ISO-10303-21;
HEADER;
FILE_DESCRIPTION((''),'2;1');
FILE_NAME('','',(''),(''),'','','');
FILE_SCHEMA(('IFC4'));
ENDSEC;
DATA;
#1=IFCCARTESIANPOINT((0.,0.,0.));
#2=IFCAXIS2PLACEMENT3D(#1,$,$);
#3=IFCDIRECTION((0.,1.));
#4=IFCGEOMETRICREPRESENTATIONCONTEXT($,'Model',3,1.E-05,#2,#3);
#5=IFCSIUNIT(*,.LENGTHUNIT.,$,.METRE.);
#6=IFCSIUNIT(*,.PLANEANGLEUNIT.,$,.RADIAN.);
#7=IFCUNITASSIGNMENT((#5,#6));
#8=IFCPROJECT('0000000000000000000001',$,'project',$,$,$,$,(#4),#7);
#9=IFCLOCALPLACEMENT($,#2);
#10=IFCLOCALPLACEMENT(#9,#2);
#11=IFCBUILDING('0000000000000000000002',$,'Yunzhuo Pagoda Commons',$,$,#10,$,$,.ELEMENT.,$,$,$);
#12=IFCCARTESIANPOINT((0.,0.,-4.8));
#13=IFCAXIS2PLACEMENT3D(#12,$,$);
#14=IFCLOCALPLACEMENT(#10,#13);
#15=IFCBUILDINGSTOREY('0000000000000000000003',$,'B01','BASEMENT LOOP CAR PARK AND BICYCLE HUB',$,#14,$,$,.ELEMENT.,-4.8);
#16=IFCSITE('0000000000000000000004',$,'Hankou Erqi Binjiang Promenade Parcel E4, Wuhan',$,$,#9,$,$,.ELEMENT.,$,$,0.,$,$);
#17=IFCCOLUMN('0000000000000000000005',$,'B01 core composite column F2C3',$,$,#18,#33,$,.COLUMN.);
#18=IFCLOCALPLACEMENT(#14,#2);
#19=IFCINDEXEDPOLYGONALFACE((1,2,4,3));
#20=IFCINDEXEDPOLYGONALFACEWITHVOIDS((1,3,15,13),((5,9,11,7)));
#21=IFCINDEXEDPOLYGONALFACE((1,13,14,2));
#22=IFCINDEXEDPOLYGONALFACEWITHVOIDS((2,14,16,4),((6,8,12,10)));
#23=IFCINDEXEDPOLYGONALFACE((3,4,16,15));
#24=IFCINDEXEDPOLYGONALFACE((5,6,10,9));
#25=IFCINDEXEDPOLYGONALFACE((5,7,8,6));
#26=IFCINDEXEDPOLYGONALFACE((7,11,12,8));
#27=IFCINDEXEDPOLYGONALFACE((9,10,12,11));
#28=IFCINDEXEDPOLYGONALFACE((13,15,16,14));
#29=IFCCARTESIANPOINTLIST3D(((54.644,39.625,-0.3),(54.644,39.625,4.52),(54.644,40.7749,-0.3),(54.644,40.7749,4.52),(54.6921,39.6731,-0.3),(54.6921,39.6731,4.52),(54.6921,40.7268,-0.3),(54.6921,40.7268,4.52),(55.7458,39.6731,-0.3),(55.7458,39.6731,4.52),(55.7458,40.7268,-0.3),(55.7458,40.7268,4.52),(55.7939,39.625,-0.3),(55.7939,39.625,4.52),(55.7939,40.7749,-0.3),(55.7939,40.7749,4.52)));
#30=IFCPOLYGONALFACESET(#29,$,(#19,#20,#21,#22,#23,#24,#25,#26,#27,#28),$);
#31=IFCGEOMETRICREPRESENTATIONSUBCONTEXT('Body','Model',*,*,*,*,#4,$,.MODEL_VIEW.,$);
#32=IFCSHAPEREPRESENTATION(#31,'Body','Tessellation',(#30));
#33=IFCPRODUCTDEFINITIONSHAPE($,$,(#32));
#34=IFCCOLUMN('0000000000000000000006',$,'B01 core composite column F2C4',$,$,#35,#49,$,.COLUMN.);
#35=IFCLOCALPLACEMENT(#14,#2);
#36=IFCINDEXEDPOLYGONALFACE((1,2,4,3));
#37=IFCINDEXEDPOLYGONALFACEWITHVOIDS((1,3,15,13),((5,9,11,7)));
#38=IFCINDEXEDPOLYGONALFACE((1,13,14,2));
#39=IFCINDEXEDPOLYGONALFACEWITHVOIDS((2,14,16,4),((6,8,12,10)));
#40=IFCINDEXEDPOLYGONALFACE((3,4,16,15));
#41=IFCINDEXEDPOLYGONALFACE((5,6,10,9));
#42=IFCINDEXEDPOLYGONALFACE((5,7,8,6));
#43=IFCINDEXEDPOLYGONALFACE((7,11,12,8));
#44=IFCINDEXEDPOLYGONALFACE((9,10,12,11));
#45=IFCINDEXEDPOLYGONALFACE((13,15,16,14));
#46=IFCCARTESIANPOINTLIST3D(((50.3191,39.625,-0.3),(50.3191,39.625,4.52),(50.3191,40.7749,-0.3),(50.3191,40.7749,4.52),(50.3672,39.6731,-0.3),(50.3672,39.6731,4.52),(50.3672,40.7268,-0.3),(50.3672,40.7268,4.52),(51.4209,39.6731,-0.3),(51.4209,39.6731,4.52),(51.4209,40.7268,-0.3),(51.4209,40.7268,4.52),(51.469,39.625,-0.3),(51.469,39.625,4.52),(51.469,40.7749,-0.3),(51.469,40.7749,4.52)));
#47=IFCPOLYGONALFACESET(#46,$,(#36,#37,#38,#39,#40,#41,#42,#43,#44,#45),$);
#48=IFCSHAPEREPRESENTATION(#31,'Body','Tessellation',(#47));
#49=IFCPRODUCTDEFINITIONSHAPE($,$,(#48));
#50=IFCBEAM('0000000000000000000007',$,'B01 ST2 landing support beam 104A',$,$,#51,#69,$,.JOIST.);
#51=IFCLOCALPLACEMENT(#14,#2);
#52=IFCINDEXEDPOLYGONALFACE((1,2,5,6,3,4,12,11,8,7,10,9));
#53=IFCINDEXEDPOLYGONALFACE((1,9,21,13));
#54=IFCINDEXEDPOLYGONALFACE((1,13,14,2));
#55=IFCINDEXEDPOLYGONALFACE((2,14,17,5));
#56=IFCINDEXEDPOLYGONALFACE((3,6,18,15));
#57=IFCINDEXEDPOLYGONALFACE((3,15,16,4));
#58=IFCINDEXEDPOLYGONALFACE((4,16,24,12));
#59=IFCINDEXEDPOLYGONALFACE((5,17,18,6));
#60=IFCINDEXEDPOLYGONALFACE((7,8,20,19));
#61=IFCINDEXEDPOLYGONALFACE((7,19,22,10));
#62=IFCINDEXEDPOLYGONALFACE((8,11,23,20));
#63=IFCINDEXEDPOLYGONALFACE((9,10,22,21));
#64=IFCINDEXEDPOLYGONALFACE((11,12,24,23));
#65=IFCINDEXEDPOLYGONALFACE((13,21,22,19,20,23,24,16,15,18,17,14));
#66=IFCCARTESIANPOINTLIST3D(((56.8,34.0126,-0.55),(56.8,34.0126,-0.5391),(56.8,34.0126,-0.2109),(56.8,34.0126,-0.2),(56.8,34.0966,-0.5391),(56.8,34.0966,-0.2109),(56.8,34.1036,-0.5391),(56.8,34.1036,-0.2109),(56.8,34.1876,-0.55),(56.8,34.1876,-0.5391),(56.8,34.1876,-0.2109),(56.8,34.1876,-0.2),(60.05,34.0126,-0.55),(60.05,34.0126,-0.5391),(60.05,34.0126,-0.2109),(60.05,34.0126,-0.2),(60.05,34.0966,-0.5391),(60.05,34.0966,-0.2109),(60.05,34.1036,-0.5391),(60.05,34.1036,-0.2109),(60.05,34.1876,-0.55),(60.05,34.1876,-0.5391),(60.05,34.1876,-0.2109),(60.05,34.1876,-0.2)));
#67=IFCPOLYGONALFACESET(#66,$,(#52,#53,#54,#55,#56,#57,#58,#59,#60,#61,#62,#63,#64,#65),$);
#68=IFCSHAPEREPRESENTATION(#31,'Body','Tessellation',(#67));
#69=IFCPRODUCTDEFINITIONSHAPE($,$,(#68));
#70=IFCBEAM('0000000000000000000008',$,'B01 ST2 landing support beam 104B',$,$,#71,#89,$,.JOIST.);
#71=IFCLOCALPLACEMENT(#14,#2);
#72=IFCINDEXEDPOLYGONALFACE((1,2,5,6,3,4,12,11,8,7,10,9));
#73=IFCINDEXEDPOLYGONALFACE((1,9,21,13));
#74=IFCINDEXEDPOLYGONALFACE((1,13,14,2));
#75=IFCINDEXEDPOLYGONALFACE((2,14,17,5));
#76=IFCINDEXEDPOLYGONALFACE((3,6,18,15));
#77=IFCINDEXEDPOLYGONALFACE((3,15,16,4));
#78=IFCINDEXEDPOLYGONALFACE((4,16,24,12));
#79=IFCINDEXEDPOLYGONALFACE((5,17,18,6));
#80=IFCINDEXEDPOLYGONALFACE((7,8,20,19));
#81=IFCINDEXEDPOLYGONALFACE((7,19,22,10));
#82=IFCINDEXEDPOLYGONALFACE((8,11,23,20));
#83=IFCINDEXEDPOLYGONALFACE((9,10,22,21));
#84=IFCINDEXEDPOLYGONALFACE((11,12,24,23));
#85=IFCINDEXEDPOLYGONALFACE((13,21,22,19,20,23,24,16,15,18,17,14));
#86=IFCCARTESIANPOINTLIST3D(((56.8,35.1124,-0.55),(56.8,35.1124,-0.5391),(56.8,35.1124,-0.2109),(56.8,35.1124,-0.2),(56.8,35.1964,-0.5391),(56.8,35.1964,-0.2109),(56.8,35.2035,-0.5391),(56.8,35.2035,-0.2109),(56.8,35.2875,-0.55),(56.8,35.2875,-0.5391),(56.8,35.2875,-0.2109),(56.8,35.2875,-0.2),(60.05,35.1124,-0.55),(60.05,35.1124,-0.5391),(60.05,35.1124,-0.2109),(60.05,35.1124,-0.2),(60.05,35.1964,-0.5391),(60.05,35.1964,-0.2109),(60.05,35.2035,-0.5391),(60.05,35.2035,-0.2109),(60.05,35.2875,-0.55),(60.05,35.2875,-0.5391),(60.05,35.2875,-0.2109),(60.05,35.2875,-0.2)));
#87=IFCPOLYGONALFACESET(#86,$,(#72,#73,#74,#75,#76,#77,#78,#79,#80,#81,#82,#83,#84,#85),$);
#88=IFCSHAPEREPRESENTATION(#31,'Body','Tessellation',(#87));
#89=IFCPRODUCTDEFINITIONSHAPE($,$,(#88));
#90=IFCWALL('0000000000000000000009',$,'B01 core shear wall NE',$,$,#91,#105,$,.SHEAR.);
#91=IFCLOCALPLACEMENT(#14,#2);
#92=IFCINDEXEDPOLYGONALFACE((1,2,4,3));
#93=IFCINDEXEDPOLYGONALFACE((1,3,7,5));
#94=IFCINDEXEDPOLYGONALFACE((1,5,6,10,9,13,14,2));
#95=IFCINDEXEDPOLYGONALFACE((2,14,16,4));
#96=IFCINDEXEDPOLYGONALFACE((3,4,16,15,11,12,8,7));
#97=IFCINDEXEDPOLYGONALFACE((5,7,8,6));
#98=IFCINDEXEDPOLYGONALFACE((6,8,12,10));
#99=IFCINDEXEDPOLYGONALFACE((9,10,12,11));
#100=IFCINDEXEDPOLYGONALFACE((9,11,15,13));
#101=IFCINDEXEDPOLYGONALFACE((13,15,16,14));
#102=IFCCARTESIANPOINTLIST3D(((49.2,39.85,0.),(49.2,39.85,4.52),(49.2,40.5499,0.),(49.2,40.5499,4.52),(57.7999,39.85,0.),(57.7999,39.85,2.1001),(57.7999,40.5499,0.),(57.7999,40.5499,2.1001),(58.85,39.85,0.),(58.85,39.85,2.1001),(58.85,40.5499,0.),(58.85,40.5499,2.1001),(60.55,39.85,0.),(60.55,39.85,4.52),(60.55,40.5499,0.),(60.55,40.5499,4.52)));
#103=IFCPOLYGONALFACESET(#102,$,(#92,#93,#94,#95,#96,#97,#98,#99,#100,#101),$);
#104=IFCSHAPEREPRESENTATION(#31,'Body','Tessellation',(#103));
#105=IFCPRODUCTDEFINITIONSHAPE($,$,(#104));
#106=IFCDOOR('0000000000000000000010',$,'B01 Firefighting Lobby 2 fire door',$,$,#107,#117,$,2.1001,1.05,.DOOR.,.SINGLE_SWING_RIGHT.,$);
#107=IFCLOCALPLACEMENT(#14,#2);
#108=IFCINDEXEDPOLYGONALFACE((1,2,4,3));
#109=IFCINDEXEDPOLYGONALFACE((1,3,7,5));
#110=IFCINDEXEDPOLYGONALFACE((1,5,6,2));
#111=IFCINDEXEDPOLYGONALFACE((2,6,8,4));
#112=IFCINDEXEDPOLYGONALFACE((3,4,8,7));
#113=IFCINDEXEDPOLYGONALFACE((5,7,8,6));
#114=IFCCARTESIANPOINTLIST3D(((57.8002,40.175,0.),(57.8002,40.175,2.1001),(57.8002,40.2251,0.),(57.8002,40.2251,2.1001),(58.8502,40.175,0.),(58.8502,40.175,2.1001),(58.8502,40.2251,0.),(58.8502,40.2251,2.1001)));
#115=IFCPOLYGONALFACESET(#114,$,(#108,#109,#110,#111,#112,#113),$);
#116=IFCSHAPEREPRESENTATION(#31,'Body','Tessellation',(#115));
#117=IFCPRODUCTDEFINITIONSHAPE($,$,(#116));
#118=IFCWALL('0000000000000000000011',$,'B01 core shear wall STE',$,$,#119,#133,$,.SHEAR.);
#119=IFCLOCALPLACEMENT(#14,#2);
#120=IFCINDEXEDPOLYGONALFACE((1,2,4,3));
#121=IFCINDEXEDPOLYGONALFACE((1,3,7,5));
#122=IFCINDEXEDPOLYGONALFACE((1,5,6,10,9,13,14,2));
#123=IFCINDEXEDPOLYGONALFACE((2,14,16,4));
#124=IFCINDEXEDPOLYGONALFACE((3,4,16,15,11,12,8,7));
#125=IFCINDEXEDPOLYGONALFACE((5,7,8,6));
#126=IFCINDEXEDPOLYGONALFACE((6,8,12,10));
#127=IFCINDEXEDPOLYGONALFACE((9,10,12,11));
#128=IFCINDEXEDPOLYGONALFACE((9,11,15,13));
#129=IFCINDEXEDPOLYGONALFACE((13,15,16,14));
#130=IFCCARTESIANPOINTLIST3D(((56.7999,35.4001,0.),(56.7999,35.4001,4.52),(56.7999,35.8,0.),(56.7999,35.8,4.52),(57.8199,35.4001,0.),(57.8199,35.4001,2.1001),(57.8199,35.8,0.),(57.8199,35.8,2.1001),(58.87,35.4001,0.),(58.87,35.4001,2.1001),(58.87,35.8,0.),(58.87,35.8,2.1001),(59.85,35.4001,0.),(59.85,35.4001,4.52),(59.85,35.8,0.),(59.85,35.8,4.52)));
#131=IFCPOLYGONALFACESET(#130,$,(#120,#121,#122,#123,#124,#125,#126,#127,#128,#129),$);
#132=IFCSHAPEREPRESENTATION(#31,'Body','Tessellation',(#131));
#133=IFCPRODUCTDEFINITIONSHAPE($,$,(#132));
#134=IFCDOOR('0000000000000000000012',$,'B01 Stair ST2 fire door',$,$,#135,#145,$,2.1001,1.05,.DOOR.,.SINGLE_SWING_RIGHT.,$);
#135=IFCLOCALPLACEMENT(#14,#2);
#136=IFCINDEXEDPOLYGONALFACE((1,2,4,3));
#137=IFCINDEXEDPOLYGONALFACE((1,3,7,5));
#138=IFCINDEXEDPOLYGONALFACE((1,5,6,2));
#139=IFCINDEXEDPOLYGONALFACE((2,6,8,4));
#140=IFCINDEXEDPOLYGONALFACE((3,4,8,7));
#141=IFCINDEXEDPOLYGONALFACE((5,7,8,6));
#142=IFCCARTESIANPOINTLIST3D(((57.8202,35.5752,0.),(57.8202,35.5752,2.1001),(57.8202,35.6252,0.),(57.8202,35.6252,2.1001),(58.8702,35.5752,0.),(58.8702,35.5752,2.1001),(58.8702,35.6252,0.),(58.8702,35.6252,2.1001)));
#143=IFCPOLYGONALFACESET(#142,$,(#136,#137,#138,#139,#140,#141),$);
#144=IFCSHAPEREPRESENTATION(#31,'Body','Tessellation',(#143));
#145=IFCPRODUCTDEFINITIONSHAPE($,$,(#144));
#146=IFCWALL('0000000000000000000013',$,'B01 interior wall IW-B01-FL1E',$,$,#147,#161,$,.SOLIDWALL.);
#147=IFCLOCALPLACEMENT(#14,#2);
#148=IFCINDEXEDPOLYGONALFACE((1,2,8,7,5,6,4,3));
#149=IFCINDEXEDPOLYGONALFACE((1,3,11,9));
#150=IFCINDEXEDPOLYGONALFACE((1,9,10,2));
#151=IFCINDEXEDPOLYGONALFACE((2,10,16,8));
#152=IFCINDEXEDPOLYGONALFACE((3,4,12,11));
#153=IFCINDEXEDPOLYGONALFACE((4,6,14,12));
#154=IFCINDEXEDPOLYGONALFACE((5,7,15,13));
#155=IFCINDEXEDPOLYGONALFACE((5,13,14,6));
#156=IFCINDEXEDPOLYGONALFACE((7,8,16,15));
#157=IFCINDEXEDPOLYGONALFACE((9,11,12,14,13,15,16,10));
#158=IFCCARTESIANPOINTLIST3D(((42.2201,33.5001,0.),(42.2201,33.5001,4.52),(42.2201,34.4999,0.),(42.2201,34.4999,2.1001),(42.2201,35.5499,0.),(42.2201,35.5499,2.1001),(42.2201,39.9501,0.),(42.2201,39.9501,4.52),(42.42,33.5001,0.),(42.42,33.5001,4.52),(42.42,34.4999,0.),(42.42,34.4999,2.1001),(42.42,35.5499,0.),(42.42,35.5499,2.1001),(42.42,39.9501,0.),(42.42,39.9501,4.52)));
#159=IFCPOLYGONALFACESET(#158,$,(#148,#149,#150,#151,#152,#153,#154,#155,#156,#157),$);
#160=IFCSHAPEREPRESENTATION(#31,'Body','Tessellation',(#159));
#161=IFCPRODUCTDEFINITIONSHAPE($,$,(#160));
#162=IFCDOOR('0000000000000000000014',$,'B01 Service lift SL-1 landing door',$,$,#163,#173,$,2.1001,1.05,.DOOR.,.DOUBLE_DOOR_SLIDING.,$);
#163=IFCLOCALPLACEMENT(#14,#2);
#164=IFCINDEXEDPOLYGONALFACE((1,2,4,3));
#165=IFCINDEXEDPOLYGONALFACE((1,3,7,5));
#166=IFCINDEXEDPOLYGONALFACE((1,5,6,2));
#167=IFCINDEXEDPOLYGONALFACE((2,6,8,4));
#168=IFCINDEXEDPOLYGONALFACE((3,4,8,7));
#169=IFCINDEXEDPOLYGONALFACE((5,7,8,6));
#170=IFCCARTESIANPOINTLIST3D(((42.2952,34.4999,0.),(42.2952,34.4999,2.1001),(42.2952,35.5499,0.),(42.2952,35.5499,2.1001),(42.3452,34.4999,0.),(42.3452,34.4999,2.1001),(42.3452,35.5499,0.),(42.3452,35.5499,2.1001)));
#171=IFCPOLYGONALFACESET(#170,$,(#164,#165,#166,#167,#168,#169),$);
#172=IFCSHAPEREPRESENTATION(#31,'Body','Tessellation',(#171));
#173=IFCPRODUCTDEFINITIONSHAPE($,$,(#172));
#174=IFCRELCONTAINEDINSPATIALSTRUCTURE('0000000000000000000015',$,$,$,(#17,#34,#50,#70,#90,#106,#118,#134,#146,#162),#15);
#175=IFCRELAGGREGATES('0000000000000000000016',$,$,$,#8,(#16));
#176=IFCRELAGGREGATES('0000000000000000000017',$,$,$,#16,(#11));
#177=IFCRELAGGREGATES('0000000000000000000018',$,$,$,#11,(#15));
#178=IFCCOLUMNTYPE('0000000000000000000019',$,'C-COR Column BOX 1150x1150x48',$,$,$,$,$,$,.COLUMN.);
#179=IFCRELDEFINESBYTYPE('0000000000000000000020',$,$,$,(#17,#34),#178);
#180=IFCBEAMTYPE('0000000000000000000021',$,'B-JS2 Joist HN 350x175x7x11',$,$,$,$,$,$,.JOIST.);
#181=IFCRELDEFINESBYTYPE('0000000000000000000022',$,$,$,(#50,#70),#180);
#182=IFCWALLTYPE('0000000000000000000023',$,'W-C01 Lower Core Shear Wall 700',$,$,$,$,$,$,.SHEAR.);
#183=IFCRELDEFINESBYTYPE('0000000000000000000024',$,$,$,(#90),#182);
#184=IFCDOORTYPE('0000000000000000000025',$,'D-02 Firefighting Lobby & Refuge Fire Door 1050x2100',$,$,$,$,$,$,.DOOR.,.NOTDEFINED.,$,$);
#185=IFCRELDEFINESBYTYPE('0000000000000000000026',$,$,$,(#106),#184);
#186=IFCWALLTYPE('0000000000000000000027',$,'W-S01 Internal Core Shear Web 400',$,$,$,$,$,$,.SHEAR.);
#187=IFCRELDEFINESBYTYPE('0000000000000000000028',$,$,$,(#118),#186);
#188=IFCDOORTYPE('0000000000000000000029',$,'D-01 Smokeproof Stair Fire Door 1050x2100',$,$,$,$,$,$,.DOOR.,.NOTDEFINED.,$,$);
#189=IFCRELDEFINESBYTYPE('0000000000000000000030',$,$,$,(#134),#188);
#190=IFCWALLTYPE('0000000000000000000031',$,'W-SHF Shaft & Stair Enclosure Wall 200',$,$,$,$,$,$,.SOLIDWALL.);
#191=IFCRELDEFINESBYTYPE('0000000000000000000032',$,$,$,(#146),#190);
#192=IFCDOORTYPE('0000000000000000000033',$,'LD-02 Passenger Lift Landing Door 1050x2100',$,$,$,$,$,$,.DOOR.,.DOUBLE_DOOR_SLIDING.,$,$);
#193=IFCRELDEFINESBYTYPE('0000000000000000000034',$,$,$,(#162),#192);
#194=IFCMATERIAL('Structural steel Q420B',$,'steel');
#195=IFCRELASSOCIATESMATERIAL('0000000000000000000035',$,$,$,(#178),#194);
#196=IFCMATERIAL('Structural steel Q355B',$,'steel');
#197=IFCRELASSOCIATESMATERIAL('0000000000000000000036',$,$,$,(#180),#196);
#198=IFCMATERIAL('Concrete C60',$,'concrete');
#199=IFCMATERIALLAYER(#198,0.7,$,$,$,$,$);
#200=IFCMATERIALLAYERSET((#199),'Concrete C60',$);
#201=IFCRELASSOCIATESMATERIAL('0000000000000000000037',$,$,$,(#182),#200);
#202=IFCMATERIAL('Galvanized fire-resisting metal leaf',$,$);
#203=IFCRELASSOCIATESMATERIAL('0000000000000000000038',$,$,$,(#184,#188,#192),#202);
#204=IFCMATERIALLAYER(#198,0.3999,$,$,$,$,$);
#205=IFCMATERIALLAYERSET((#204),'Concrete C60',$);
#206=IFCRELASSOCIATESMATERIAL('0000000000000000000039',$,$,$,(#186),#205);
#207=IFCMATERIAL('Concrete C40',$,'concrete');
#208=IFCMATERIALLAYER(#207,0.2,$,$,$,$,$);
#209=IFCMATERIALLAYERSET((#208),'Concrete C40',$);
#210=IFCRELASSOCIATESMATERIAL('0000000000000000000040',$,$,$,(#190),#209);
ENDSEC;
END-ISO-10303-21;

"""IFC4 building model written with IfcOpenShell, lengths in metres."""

from ifc_helpers import new_model, si_unit, direction, frame, frame_2d, origin, origin_with_axes, origin_2d, place, context, subcontext, project, spatial, rectangle, hollow_rectangle, i_section, extrude, source, transform, mapped, material, layer, layer_set, material_profile, profile_set, type_object, element, fill, save


model = new_model("IFC4")

# Units and contexts
model_context = context("Model", 3, precision=1e-05, world=origin(), true_north=direction((0.0, 1.0)))
body_context = subcontext(model_context, "Body", "Model", "MODEL_VIEW")
ifc_project = project(units=[si_unit("LENGTHUNIT", "METRE"), si_unit("PLANEANGLEUNIT", "RADIAN")], contexts=[model_context])

# Site, building, storey
site_placement = place(None, origin())
site = spatial("IfcSite", under=ifc_project, at=site_placement, Name="Hankou Erqi Binjiang Promenade Parcel E4, Wuhan", CompositionType="ELEMENT", RefElevation=0.0)
building_placement = place(site_placement, origin())
building = spatial("IfcBuilding", under=site, at=building_placement, Name="Yunzhuo Pagoda Commons", CompositionType="ELEMENT")
storey_placement = place(building_placement, frame((0.0, 0.0, -4.8)))
storey = spatial("IfcBuildingStorey", under=building, at=storey_placement, Name="B01", Description="BASEMENT LOOP CAR PARK AND BICYCLE HUB", CompositionType="ELEMENT", Elevation=-4.8)

# Columns
ifc_material_1 = material(Name="Structural steel Q420B", Category="steel")
ifc_material_profile_1 = material_profile(ifc_material_1, hollow_rectangle(XDim=1.1499, YDim=1.1499, WallThickness=0.0481, at=origin_2d()), Name="Structural steel Q420B")
ifc_profile_set_1 = profile_set([ifc_material_profile_1], Name="Structural steel Q420B")
column_type = type_object("IfcColumnType", Name="C-COR Column BOX 1150x1150x48", PredefinedType="COLUMN", material=ifc_profile_set_1)
shared_shape_1 = source(origin(), body_context, "Body", "SweptSolid", [
    extrude(hollow_rectangle(XDim=1.1499, YDim=1.1499, WallThickness=0.0481, at=origin_2d()), origin(), (0.0, 0.0, 1.0), 4.8201),
])
for number, where, z_axis, x_axis, name in (
    (1, (55.219, 40.2, -0.3), (0.0, 0.0, 1.0), (1.0, 0.0, 0.0), "B01 core composite column F2C3"),
    (2, (50.894, 40.2, -0.3), (0.0, 0.0, 1.0), (1.0, 0.0, 0.0), "B01 core composite column F2C4"),
):
    element("IfcColumn", number, at=place(storey_placement, frame(where, z_axis=z_axis, x_axis=x_axis)), inside=storey, type_object=column_type, Name=name, PredefinedType="COLUMN", context=body_context, shape_type="MappedRepresentation", body=[
        mapped(shared_shape_1, transform((0.0, 0.0, 0.0), scale=1.0)),
    ])

# Beams
ifc_material_2 = material(Name="Structural steel Q355B", Category="steel")
ifc_material_profile_2 = material_profile(ifc_material_2, i_section(OverallWidth=0.175, OverallDepth=0.3501, WebThickness=0.0071, FlangeThickness=0.011, at=origin_2d()), Name="Structural steel Q355B")
ifc_profile_set_2 = profile_set([ifc_material_profile_2], Name="Structural steel Q355B")
beam_type = type_object("IfcBeamType", Name="B-JS2 Joist HN 350x175x7x11", PredefinedType="JOIST", material=ifc_profile_set_2)
shared_shape_2 = source(origin(), body_context, "Body", "SweptSolid", [
    extrude(i_section(OverallWidth=0.175, OverallDepth=0.3501, WebThickness=0.0071, FlangeThickness=0.011, at=origin_2d()), origin(), (0.0, 0.0, 1.0), 3.25),
])
for number, where, z_axis, x_axis, name in (
    (3, (56.8, 34.1001, -0.375), (1.0, 0.0, 0.0), (0.0, 1.0, 0.0), "B01 ST2 landing support beam 104A"),
    (4, (56.8, 35.2, -0.375), (1.0, 0.0, 0.0), (0.0, 1.0, 0.0), "B01 ST2 landing support beam 104B"),
):
    element("IfcBeam", number, at=place(storey_placement, frame(where, z_axis=z_axis, x_axis=x_axis)), inside=storey, type_object=beam_type, Name=name, PredefinedType="JOIST", context=body_context, shape_type="MappedRepresentation", body=[
        mapped(shared_shape_2, transform((0.0, 0.0, 0.0), scale=1.0)),
    ])

# Walls, openings, doors
ifc_material_3 = material(Name="Concrete C60", Category="concrete")
ifc_layer_1 = layer(ifc_material_3, 0.7)
ifc_layer_set_1 = layer_set([ifc_layer_1], Name="Concrete C60")
wall_type_1 = type_object("IfcWallType", Name="W-C01 Lower Core Shear Wall 700", PredefinedType="SHEAR", material=ifc_layer_set_1)
wall_1_placement = place(storey_placement, frame((49.2, 40.2, 0.0), z_axis=(0.0, 0.0, 1.0), x_axis=(1.0, 0.0, 0.0)))
wall_1 = element("IfcWall", 5, at=wall_1_placement, inside=storey, type_object=wall_type_1, Name="B01 core shear wall NE", PredefinedType="SHEAR", context=body_context, shape_type="SweptSolid", body=[
    extrude(rectangle(XDim=11.3501, YDim=0.7, at=frame_2d((5.675, 0.0))), origin(), (0.0, 0.0, 1.0), 4.52),
])
opening_1_placement = place(wall_1_placement, frame((8.6001, 0.0, 0.0)))
opening_1 = element("IfcOpeningElement", 6, at=opening_1_placement, cuts=wall_1, PredefinedType="OPENING", context=body_context, shape_type="SweptSolid", body=[
    extrude(rectangle(XDim=1.05, YDim=2.1001, at=frame_2d((0.5249, 1.05))), frame((0.0, 0.3599, 0.0), z_axis=(0.0, -1.0, 0.0), x_axis=(1.0, 0.0, 0.0)), (0.0, 0.0, 1.0), 0.72),
])
ifc_material_4 = material(Name="Galvanized fire-resisting metal leaf")
door_type_1 = type_object("IfcDoorType", Name="D-02 Firefighting Lobby & Refuge Fire Door 1050x2100", OperationType="NOTDEFINED", PredefinedType="DOOR", material=ifc_material_4)
shared_shape_3 = source(origin(), body_context, "Body", "SweptSolid", [
    extrude(rectangle(XDim=1.05, YDim=2.1001, at=frame_2d((0.5249, 1.05))), frame((0.0, 0.0249, 0.0), z_axis=(0.0, -1.0, 0.0), x_axis=(1.0, 0.0, 0.0)), (0.0, 0.0, 1.0), 0.05),
])
door_1_placement = place(opening_1_placement, frame((1.05, 0.0, 0.0), z_axis=(0.0, 0.0, 1.0), x_axis=(-1.0, 0.0, 0.0)))
door_1 = element("IfcDoor", 7, at=door_1_placement, inside=storey, type_object=door_type_1, Name="B01 Firefighting Lobby 2 fire door", OperationType="SINGLE_SWING_RIGHT", OverallHeight=2.1001, OverallWidth=1.05, PredefinedType="DOOR", context=body_context, shape_type="MappedRepresentation", body=[
    mapped(shared_shape_3, transform((0.0, 0.0, 0.0), scale=1.0)),
])
fill(opening_1, door_1)
ifc_layer_2 = layer(ifc_material_3, 0.3999)
ifc_layer_set_2 = layer_set([ifc_layer_2], Name="Concrete C60")
wall_type_2 = type_object("IfcWallType", Name="W-S01 Internal Core Shear Web 400", PredefinedType="SHEAR", material=ifc_layer_set_2)
wall_2_placement = place(storey_placement, frame((56.8, 35.6001, 0.0), z_axis=(0.0, 0.0, 1.0), x_axis=(1.0, 0.0, 0.0)))
wall_2 = element("IfcWall", 8, at=wall_2_placement, inside=storey, type_object=wall_type_2, Name="B01 core shear wall STE", PredefinedType="SHEAR", context=body_context, shape_type="SweptSolid", body=[
    extrude(rectangle(XDim=3.05, YDim=0.3999, at=frame_2d((1.5249, 0.0))), origin(), (0.0, 0.0, 1.0), 4.52),
])
opening_2_placement = place(wall_2_placement, frame((1.02, 0.0, 0.0)))
opening_2 = element("IfcOpeningElement", 9, at=opening_2_placement, cuts=wall_2, PredefinedType="OPENING", context=body_context, shape_type="SweptSolid", body=[
    extrude(rectangle(XDim=1.05, YDim=2.1001, at=frame_2d((0.5249, 1.05))), frame((0.0, 0.21, 0.0), z_axis=(0.0, -1.0, 0.0), x_axis=(1.0, 0.0, 0.0)), (0.0, 0.0, 1.0), 0.4199),
])
door_type_2 = type_object("IfcDoorType", Name="D-01 Smokeproof Stair Fire Door 1050x2100", OperationType="NOTDEFINED", PredefinedType="DOOR", material=ifc_material_4)
door_2_placement = place(opening_2_placement, frame((1.05, 0.0, 0.0), z_axis=(0.0, 0.0, 1.0), x_axis=(-1.0, 0.0, 0.0)))
door_2 = element("IfcDoor", 10, at=door_2_placement, inside=storey, type_object=door_type_2, Name="B01 Stair ST2 fire door", OperationType="SINGLE_SWING_RIGHT", OverallHeight=2.1001, OverallWidth=1.05, PredefinedType="DOOR", context=body_context, shape_type="MappedRepresentation", body=[
    mapped(shared_shape_3, transform((0.0, 0.0, 0.0), scale=1.0)),
])
fill(opening_2, door_2)
ifc_material_5 = material(Name="Concrete C40", Category="concrete")
ifc_layer_3 = layer(ifc_material_5, 0.2)
ifc_layer_set_3 = layer_set([ifc_layer_3], Name="Concrete C40")
wall_type_3 = type_object("IfcWallType", Name="W-SHF Shaft & Stair Enclosure Wall 200", PredefinedType="SOLIDWALL", material=ifc_layer_set_3)
wall_3_placement = place(storey_placement, frame((42.3201, 33.5, 0.0), z_axis=(0.0, 0.0, 1.0), x_axis=(0.0, 1.0, 0.0)))
wall_3 = element("IfcWall", 11, at=wall_3_placement, inside=storey, type_object=wall_type_3, Name="B01 interior wall IW-B01-FL1E", PredefinedType="SOLIDWALL", context=body_context, shape_type="SweptSolid", body=[
    extrude(rectangle(XDim=6.45, YDim=0.2, at=frame_2d((3.2251, 0.0))), origin(), (0.0, 0.0, 1.0), 4.52),
])
opening_3_placement = place(wall_3_placement, frame((1.0, 0.0, 0.0)))
opening_3 = element("IfcOpeningElement", 12, at=opening_3_placement, cuts=wall_3, PredefinedType="OPENING", context=body_context, shape_type="SweptSolid", body=[
    extrude(rectangle(XDim=1.05, YDim=2.1001, at=frame_2d((0.5249, 1.05))), frame((0.0, 0.1099, 0.0), z_axis=(0.0, -1.0, 0.0), x_axis=(1.0, 0.0, 0.0)), (0.0, 0.0, 1.0), 0.22),
])
door_type_3 = type_object("IfcDoorType", Name="LD-02 Passenger Lift Landing Door 1050x2100", OperationType="DOUBLE_DOOR_SLIDING", PredefinedType="DOOR", material=ifc_material_4)
door_3_placement = place(opening_3_placement, origin_with_axes())
door_3 = element("IfcDoor", 13, at=door_3_placement, inside=storey, type_object=door_type_3, Name="B01 Service lift SL-1 landing door", OperationType="DOUBLE_DOOR_SLIDING", OverallHeight=2.1001, OverallWidth=1.05, PredefinedType="DOOR", context=body_context, shape_type="MappedRepresentation", body=[
    mapped(shared_shape_3, transform((0.0, 0.0, 0.0), scale=1.0)),
])
fill(opening_3, door_3)

save(model, "model.ifc")
